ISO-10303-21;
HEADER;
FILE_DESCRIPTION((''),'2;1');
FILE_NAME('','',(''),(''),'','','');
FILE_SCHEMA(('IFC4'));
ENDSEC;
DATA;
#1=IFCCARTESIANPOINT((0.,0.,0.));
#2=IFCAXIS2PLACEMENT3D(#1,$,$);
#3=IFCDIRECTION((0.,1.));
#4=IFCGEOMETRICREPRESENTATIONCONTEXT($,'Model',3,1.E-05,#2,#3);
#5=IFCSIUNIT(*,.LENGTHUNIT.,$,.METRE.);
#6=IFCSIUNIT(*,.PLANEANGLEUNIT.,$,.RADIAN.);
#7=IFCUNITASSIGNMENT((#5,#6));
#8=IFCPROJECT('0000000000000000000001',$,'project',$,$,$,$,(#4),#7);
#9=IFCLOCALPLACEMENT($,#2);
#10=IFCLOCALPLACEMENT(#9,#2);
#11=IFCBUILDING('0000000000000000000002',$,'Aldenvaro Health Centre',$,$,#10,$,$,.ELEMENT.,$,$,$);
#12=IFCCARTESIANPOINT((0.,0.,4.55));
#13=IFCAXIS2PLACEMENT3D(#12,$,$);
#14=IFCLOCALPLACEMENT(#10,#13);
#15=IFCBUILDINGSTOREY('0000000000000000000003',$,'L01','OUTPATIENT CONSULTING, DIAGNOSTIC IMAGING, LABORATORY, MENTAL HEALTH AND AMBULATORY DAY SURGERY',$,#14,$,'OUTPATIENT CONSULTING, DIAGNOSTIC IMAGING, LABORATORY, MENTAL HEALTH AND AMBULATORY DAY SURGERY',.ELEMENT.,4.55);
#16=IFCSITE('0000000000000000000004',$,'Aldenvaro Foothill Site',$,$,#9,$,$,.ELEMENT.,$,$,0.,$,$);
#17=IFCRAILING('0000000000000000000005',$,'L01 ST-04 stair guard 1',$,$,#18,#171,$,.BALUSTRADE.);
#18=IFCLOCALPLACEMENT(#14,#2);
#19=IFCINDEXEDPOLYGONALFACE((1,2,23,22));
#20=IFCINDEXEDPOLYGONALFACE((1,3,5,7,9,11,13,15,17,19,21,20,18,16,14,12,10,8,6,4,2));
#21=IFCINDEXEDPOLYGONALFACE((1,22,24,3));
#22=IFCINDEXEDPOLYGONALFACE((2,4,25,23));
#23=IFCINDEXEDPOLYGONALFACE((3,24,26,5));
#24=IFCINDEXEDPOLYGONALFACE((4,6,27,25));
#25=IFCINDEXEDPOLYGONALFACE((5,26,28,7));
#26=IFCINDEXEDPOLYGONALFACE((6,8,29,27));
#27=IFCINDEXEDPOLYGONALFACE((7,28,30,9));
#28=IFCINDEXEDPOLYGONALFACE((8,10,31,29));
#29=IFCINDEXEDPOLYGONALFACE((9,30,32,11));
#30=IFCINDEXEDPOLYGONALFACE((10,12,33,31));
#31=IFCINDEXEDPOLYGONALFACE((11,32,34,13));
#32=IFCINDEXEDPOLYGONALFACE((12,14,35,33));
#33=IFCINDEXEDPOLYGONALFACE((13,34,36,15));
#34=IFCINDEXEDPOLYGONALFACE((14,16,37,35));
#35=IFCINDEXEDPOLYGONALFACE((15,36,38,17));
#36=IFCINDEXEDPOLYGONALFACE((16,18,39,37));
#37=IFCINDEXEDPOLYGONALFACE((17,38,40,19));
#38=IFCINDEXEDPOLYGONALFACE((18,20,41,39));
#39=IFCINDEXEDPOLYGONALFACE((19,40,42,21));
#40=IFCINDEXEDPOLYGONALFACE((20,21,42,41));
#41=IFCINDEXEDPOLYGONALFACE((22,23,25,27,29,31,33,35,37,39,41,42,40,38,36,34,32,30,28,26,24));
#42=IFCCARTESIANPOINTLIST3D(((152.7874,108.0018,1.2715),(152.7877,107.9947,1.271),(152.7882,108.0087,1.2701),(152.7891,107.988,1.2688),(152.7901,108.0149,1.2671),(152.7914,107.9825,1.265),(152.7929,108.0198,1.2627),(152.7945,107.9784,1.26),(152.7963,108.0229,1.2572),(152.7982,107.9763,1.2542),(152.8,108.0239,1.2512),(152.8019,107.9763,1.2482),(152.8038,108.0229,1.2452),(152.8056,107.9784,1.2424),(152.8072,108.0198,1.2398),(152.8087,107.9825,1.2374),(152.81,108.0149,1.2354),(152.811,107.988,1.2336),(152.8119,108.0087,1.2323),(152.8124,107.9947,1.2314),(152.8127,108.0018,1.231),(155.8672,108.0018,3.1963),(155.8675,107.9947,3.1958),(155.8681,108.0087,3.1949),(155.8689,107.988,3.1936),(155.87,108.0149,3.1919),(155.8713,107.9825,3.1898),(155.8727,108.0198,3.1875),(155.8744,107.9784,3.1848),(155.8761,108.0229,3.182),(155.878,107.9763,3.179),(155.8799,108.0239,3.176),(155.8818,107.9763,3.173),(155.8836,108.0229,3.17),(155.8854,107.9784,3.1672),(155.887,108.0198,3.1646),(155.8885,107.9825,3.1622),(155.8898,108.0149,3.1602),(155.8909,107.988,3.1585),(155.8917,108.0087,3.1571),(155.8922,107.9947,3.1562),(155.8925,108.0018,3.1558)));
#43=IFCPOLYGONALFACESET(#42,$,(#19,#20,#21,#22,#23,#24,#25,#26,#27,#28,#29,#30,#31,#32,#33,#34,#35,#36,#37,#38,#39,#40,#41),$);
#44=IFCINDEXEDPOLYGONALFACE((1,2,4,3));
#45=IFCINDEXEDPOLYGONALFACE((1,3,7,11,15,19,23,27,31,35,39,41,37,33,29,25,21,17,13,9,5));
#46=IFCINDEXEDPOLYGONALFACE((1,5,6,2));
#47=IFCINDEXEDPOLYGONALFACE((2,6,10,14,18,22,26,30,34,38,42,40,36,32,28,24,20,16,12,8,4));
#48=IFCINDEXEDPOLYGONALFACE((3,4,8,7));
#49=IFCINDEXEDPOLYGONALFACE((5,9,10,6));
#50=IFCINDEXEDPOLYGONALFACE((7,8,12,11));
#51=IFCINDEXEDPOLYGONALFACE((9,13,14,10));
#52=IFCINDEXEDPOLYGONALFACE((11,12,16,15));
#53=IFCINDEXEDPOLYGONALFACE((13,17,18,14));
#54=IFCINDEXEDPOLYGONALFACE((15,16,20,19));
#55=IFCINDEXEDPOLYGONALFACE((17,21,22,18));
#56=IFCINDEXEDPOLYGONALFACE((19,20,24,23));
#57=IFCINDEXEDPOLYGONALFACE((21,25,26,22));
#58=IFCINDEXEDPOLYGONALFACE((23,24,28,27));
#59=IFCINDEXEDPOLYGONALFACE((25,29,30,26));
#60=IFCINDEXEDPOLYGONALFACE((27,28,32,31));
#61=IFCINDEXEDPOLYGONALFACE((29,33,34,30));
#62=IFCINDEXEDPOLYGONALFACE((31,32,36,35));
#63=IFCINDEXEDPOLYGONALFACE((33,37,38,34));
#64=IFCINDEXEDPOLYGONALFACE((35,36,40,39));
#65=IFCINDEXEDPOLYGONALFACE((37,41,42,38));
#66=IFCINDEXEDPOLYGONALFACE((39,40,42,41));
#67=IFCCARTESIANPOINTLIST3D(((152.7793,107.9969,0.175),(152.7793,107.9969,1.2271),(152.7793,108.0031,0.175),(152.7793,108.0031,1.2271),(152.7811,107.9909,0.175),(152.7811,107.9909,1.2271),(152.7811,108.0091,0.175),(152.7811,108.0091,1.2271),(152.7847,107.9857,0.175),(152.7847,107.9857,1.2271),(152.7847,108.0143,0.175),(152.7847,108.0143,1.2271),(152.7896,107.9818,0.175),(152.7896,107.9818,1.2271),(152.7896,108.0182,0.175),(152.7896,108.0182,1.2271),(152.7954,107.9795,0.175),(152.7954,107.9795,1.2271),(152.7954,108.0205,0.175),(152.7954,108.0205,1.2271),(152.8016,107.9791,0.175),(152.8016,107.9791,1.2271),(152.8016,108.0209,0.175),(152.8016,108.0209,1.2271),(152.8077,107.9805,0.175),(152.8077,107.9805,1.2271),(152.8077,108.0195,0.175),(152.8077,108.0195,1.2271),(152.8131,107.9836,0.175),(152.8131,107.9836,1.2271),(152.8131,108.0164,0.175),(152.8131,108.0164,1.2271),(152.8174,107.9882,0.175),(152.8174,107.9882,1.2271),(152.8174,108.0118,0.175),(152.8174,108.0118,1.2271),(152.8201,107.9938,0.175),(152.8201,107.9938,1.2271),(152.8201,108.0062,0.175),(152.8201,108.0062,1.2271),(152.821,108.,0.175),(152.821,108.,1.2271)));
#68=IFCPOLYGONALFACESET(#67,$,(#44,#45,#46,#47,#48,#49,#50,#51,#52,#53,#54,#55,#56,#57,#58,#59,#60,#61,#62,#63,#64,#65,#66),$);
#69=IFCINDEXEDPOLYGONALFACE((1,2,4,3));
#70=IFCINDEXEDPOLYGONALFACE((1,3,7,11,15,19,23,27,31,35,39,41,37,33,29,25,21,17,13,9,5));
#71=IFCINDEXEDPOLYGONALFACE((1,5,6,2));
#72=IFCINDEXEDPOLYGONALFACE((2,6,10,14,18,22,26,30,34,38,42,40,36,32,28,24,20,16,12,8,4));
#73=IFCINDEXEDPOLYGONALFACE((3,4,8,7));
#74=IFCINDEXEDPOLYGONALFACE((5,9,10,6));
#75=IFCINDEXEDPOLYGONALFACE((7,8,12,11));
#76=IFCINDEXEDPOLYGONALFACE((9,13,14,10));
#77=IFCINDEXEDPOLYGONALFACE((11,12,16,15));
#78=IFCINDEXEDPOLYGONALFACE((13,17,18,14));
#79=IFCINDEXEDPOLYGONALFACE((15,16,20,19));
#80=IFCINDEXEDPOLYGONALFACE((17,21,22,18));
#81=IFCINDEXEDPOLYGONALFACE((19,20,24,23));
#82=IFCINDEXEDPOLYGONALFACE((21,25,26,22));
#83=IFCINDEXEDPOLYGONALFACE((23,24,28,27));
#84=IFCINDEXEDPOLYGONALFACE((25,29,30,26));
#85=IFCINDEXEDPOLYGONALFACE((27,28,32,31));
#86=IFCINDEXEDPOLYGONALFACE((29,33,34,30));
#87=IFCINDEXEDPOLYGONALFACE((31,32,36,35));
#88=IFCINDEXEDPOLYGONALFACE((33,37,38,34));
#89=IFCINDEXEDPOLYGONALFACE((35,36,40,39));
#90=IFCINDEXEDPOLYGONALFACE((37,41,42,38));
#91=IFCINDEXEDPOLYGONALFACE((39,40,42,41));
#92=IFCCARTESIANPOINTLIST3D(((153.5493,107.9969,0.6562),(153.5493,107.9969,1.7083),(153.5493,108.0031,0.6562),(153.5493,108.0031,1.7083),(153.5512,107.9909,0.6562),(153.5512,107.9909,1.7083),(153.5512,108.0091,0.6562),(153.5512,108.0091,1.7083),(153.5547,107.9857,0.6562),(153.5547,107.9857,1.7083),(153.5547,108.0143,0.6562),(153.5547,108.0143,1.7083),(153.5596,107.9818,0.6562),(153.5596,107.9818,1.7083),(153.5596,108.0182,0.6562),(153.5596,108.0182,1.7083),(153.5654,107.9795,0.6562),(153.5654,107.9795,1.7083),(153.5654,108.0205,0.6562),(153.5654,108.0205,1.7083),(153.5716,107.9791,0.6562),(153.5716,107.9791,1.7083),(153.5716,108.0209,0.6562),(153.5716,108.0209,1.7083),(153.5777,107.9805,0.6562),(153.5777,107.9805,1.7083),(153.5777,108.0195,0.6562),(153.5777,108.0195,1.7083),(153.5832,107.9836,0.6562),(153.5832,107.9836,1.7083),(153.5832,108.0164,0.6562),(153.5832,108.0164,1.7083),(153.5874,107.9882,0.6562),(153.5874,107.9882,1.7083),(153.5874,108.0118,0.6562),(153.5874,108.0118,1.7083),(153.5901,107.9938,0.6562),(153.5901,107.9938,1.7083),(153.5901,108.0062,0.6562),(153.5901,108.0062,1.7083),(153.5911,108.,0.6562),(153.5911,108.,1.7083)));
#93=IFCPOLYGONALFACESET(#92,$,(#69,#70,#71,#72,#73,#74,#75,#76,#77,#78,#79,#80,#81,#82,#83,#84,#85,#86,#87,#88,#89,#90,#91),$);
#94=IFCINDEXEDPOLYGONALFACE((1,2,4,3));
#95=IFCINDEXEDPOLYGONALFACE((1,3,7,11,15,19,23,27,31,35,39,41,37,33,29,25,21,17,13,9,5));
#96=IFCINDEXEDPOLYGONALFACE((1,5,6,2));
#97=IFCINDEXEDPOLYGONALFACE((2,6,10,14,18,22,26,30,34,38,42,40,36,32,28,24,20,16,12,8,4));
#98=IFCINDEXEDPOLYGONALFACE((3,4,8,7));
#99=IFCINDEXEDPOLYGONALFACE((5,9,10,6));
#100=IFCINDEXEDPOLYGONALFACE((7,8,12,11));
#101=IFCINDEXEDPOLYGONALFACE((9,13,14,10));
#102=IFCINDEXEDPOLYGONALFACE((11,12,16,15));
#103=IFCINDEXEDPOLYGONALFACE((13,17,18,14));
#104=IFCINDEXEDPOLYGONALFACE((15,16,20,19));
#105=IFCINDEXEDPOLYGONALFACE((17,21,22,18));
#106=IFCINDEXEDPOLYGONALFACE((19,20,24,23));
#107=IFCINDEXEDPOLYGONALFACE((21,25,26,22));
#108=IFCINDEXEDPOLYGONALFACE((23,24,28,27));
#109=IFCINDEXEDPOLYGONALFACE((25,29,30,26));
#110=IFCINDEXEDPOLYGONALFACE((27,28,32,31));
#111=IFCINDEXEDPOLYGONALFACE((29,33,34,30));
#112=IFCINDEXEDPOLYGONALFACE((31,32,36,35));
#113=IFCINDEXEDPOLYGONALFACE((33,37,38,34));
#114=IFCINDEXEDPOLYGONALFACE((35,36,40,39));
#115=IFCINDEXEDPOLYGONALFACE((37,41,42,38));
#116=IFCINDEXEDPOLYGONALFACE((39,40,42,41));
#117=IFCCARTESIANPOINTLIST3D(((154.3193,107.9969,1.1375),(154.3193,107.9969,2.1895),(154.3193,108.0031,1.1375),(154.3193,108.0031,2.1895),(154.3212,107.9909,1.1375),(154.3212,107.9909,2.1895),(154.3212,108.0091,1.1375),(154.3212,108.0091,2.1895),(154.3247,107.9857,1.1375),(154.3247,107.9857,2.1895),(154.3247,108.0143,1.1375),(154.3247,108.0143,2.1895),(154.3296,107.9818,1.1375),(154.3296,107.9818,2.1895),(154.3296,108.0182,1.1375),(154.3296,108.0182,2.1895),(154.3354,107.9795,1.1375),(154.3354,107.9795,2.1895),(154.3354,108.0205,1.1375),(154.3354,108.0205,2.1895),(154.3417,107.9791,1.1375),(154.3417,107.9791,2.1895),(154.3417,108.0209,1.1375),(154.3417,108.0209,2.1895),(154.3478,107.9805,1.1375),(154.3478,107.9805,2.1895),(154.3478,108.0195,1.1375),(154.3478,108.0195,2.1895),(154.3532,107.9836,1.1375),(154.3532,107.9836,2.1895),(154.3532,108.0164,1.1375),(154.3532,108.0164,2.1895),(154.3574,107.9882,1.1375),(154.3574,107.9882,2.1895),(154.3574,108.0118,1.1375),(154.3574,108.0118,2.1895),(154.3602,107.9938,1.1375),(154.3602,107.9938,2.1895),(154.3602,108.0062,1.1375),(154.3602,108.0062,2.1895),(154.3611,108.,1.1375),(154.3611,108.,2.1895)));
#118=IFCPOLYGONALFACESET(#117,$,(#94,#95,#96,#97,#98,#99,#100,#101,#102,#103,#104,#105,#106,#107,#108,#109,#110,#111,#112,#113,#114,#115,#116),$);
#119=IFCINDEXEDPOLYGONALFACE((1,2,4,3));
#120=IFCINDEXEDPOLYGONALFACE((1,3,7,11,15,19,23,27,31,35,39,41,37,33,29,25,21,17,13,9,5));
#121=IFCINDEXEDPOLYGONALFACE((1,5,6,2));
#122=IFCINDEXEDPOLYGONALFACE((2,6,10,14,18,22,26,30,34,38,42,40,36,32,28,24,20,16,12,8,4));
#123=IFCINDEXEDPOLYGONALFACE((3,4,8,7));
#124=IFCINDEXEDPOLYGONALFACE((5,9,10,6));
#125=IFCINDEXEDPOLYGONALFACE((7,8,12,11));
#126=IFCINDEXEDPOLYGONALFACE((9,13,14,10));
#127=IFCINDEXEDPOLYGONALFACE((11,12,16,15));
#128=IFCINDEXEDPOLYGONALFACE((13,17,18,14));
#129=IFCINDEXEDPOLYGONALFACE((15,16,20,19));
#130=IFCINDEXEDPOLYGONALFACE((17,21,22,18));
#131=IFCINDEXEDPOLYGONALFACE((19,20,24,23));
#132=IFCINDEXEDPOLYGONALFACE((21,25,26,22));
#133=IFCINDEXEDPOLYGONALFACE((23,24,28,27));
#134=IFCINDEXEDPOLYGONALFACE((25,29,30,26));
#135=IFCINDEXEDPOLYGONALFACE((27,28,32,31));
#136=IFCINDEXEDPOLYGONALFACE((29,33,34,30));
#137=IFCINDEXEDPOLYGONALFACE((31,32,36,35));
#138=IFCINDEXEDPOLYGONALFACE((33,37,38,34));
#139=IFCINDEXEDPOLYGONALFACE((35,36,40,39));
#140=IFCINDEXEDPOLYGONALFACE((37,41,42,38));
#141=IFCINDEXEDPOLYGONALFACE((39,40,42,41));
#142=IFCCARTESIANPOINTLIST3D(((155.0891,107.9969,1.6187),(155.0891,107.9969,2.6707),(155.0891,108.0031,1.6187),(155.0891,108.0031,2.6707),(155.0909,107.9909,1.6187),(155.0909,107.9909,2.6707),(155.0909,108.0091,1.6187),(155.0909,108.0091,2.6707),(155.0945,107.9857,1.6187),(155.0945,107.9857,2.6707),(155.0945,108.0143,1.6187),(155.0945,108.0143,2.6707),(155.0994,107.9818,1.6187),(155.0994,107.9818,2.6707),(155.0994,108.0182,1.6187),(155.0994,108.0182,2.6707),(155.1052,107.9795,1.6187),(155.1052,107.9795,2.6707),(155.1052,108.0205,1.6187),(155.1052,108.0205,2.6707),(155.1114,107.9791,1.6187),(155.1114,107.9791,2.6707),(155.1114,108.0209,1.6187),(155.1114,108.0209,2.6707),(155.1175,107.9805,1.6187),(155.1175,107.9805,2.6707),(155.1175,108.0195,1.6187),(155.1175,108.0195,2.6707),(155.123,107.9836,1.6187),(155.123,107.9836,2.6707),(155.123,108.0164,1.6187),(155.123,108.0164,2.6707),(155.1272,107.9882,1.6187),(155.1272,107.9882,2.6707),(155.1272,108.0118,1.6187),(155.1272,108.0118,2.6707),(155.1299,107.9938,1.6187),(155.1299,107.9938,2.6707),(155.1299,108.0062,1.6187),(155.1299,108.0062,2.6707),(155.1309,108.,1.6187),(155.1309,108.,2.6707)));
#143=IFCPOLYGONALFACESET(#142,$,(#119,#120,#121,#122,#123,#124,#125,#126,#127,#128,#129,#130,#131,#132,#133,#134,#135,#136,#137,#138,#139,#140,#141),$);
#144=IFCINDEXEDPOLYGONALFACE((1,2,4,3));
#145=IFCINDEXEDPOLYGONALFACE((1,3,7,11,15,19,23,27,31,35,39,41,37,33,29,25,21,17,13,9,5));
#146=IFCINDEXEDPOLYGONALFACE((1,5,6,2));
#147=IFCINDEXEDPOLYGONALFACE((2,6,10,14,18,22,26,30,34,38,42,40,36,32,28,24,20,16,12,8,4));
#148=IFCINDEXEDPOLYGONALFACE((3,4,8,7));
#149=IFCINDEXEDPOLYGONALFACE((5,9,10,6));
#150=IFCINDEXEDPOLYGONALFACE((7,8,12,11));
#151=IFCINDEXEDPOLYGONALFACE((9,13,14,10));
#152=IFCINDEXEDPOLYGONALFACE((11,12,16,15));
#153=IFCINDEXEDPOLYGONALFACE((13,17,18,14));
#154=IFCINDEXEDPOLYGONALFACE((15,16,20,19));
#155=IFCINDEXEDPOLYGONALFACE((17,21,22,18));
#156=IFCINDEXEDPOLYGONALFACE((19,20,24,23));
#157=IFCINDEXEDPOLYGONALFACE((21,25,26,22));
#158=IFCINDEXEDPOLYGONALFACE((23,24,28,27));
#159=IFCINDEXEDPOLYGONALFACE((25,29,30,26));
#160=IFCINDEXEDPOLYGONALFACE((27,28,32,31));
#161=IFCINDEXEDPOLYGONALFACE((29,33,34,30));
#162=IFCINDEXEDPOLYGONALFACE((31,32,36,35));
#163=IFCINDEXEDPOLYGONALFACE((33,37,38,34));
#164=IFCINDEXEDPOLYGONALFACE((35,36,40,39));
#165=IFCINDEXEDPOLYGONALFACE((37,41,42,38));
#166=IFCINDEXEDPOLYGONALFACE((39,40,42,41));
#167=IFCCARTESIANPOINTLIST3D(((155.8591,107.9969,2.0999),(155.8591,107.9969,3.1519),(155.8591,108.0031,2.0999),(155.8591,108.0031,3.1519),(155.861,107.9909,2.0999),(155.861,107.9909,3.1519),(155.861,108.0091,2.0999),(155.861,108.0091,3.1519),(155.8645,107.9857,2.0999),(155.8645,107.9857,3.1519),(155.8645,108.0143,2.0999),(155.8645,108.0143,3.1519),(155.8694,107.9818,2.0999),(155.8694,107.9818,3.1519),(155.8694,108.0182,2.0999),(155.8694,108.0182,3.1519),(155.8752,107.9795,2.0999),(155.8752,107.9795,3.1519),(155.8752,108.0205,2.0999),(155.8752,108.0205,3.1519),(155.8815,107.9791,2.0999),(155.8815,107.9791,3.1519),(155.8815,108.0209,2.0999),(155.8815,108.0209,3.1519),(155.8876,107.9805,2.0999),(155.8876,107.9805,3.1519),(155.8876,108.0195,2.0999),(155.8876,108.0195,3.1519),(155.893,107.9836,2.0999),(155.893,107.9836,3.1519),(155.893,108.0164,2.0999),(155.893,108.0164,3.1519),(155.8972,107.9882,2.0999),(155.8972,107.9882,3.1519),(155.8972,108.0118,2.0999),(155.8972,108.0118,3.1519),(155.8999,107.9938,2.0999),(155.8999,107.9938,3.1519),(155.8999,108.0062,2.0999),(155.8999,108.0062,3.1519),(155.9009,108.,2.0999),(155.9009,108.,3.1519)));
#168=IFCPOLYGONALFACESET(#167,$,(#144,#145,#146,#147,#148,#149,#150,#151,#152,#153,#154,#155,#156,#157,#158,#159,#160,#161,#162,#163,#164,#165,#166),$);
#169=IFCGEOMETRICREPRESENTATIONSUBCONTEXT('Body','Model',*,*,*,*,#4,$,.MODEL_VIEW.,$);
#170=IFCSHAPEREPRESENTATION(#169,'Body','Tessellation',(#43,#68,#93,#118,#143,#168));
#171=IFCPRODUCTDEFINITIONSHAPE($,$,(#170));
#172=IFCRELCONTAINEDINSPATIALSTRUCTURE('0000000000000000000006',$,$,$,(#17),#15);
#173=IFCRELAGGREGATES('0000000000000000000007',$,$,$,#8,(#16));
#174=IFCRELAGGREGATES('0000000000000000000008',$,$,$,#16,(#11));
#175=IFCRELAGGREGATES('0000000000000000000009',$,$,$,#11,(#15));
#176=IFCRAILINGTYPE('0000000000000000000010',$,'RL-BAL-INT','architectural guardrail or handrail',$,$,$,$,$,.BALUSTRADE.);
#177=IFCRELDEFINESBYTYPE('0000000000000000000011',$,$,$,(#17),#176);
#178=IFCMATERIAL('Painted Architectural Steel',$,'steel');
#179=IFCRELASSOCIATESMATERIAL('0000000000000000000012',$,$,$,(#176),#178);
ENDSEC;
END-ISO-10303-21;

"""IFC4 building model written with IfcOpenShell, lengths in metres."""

from ifc_helpers import new_model, si_unit, direction, frame, origin, origin_2d, place, context, subcontext, project, spatial, circle, extrude, material, type_object, element, save


model = new_model("IFC4")

# Units and contexts
model_context = context("Model", 3, precision=1e-05, world=origin(), true_north=direction((0.0, 1.0)))
body_context = subcontext(model_context, "Body", "Model", "MODEL_VIEW")
ifc_project = project(units=[si_unit("LENGTHUNIT", "METRE"), si_unit("PLANEANGLEUNIT", "RADIAN")], contexts=[model_context])

# Site, building, storey
site_placement = place(None, origin())
site = spatial("IfcSite", under=ifc_project, at=site_placement, Name="Aldenvaro Foothill Site", CompositionType="ELEMENT", RefElevation=0.0)
building_placement = place(site_placement, origin())
building = spatial("IfcBuilding", under=site, at=building_placement, Name="Aldenvaro Health Centre", CompositionType="ELEMENT")
storey_placement = place(building_placement, frame((0.0, 0.0, 4.55)))
storey = spatial("IfcBuildingStorey", under=building, at=storey_placement, Name="L01", Description="OUTPATIENT CONSULTING, DIAGNOSTIC IMAGING, LABORATORY, MENTAL HEALTH AND AMBULATORY DAY SURGERY", LongName="OUTPATIENT CONSULTING, DIAGNOSTIC IMAGING, LABORATORY, MENTAL HEALTH AND AMBULATORY DAY SURGERY", CompositionType="ELEMENT", Elevation=4.55)

# Railing
ifc_material_1 = material(Name="Painted Architectural Steel", Category="steel")
railing_type_1 = type_object("IfcRailingType", Name="RL-BAL-INT", Description="architectural guardrail or handrail", PredefinedType="BALUSTRADE", material=ifc_material_1)
railing_1_placement = place(storey_placement, frame((152.8, 108.0, 0.175)))
element("IfcRailing", 1, at=railing_1_placement, inside=storey, type_object=railing_type_1, Name="L01 ST-04 stair guard 1", PredefinedType="BALUSTRADE", context=body_context, shape_type="SweptSolid", body=[
    extrude(circle(Radius=0.0239, at=origin_2d()), frame((0.0, 0.0, 1.0762), z_axis=(0.84801, 0.0, 0.529981), x_axis=(0.0, 1.0, 0.0)), (0.0, 0.0, 1.0), 3.6318),
    extrude(circle(Radius=0.021, at=origin_2d()), origin(), (0.0, 0.0, 1.0), 1.052),
    extrude(circle(Radius=0.021, at=origin_2d()), frame((0.77, 0.0, 0.4812)), (0.0, 0.0, 1.0), 1.052),
    extrude(circle(Radius=0.021, at=origin_2d()), frame((1.54, 0.0, 0.9624)), (0.0, 0.0, 1.0), 1.052),
    extrude(circle(Radius=0.021, at=origin_2d()), frame((2.3098, 0.0, 1.4436)), (0.0, 0.0, 1.0), 1.052),
    extrude(circle(Radius=0.021, at=origin_2d()), frame((3.0798, 0.0, 1.9248)), (0.0, 0.0, 1.0), 1.052),
])

save(model, "model.ifc")
